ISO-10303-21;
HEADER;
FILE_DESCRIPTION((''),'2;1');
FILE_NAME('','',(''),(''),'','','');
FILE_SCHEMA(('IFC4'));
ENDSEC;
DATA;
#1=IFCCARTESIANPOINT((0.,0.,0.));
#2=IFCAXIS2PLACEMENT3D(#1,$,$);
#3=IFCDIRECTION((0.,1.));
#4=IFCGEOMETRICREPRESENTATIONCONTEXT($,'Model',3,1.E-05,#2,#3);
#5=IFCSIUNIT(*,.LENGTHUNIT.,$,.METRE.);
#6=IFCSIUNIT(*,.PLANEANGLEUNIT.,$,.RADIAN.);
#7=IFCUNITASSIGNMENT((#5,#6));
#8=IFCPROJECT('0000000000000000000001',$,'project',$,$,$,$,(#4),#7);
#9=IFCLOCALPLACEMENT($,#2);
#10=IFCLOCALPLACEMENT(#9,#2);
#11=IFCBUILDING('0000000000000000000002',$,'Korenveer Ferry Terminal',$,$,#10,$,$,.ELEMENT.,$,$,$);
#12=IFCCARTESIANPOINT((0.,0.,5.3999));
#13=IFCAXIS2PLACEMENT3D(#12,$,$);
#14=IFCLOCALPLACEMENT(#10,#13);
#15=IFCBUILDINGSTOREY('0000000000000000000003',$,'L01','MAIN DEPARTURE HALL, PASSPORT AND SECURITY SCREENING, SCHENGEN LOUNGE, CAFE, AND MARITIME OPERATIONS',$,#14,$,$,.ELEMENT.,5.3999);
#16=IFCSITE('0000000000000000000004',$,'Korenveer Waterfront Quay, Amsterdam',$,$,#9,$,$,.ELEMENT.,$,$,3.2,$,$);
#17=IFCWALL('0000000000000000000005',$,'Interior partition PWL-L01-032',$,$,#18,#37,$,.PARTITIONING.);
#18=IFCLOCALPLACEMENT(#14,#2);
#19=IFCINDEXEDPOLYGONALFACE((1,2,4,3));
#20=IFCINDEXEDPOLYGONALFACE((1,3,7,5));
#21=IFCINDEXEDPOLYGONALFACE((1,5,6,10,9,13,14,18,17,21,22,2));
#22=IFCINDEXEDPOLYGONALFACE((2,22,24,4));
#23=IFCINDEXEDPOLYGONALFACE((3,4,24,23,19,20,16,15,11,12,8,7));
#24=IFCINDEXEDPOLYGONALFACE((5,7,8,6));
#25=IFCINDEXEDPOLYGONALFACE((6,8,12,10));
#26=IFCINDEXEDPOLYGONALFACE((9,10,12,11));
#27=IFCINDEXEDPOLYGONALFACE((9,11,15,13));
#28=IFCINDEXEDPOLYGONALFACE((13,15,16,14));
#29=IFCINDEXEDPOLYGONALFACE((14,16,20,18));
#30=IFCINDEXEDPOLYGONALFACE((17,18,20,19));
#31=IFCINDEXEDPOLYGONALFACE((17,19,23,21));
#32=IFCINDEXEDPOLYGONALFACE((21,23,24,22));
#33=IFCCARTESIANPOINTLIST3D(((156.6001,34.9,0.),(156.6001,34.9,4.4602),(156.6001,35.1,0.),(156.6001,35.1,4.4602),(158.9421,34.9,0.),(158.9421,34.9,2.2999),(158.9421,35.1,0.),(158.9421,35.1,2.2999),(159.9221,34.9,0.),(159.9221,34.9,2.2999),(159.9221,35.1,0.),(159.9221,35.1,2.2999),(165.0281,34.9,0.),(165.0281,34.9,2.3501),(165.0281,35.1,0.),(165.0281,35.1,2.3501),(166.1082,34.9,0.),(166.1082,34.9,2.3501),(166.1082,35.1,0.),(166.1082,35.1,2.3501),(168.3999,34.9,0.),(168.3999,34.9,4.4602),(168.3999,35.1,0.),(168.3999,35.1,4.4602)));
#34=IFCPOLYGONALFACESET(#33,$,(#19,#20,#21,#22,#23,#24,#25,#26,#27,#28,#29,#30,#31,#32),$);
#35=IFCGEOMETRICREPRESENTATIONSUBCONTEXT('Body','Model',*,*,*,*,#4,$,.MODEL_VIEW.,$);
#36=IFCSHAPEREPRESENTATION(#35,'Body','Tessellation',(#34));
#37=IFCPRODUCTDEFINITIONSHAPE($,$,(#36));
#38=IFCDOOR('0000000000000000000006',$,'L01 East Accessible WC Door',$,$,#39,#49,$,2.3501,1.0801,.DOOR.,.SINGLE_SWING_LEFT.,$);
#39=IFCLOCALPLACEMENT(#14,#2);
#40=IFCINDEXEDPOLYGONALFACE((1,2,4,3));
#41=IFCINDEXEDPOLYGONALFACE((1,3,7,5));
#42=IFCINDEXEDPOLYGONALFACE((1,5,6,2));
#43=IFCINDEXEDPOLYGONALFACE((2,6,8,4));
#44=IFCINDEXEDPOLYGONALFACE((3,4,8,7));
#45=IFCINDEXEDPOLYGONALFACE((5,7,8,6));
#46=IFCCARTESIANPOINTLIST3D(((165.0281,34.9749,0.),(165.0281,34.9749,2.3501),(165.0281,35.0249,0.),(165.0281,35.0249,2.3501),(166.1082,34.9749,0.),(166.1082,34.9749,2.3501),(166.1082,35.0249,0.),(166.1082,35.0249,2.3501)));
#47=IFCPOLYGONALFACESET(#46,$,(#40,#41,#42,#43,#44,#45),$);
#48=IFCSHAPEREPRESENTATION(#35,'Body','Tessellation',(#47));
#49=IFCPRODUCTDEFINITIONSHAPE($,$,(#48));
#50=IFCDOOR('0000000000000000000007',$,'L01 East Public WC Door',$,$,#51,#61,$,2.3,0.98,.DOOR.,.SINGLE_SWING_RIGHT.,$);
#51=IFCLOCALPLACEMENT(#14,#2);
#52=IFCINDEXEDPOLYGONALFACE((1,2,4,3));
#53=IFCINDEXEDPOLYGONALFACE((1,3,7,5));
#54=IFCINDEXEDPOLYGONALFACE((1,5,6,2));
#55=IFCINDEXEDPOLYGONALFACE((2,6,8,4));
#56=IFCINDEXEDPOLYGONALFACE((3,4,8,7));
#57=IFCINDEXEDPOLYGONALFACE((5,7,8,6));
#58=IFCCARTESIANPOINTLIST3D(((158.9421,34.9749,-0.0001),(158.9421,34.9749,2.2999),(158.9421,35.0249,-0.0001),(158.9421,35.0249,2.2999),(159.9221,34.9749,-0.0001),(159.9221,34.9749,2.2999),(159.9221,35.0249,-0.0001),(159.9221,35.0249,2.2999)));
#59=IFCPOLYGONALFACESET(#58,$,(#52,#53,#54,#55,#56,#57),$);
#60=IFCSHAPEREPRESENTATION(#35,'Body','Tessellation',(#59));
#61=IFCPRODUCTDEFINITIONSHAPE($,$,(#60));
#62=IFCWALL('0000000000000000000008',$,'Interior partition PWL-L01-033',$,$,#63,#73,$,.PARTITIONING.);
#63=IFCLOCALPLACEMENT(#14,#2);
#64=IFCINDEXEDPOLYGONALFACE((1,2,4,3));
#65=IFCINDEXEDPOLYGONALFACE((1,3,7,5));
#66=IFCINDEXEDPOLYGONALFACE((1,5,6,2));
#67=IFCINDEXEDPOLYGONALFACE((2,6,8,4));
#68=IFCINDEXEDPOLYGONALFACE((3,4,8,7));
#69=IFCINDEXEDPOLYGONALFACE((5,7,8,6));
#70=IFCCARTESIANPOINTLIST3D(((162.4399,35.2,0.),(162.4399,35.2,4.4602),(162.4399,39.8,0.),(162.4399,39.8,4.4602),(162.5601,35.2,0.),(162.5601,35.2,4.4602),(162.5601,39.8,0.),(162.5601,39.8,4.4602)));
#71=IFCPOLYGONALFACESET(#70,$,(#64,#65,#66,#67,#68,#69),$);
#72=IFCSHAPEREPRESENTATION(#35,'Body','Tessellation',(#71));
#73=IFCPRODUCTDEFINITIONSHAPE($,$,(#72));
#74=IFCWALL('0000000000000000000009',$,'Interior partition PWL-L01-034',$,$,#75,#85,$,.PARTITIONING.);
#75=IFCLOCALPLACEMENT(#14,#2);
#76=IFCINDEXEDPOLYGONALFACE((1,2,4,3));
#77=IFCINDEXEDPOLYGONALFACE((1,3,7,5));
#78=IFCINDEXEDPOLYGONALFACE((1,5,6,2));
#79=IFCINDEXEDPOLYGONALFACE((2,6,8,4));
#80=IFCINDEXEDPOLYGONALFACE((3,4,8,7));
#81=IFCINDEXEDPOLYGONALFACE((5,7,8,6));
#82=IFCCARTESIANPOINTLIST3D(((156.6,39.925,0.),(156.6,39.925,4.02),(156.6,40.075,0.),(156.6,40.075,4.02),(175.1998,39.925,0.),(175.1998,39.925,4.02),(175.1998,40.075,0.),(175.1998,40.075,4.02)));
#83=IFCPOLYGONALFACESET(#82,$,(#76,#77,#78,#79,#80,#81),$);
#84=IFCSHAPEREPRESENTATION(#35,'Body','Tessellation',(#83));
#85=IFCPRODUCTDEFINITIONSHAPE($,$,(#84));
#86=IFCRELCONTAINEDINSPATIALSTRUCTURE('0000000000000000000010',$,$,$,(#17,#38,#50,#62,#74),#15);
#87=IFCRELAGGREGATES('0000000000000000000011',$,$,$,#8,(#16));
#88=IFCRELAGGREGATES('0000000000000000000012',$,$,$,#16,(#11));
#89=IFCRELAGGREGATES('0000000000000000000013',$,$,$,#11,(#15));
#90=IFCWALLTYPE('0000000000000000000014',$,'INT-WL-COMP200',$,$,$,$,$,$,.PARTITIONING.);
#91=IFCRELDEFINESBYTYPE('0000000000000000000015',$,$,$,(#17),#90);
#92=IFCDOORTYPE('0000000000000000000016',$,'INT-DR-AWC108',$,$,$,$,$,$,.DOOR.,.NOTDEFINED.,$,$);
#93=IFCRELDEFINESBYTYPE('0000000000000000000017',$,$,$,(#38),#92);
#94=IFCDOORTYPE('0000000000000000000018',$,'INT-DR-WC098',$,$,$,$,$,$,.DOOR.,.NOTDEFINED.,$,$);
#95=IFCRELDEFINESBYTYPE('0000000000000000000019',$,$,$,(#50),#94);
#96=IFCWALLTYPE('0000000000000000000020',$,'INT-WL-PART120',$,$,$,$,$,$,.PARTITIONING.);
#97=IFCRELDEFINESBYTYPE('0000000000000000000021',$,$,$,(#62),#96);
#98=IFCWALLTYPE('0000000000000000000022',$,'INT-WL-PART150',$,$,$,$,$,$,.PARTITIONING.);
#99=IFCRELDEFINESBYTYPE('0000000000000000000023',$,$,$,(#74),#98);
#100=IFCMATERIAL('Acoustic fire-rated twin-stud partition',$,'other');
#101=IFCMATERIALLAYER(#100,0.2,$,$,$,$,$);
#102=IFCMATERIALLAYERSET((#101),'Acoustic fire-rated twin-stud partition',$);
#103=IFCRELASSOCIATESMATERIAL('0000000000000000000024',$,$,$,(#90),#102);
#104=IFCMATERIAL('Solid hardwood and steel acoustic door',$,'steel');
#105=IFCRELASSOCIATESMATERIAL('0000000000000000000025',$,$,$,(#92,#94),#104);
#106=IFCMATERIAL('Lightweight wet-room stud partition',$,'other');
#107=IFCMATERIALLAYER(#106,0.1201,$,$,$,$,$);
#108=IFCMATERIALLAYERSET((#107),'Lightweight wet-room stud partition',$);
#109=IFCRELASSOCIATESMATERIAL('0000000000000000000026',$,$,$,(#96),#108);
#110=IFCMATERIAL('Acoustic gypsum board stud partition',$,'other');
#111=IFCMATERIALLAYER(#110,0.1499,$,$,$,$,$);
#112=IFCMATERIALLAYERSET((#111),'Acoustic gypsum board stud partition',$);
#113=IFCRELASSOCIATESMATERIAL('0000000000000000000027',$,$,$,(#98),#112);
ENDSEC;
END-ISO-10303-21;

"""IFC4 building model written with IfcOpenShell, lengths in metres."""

from ifc_helpers import new_model, si_unit, direction, frame, frame_2d, origin, place, context, subcontext, project, spatial, rectangle, extrude, material, layer, layer_set, type_object, element, fill, save


model = new_model("IFC4")

# Units and contexts
model_context = context("Model", 3, precision=1e-05, world=origin(), true_north=direction((0.0, 1.0)))
body_context = subcontext(model_context, "Body", "Model", "MODEL_VIEW")
ifc_project = project(units=[si_unit("LENGTHUNIT", "METRE"), si_unit("PLANEANGLEUNIT", "RADIAN")], contexts=[model_context])

# Site, building, storey
site_placement = place(None, origin())
site = spatial("IfcSite", under=ifc_project, at=site_placement, Name="Korenveer Waterfront Quay, Amsterdam", CompositionType="ELEMENT", RefElevation=3.2)
building_placement = place(site_placement, origin())
building = spatial("IfcBuilding", under=site, at=building_placement, Name="Korenveer Ferry Terminal", CompositionType="ELEMENT")
storey_placement = place(building_placement, frame((0.0, 0.0, 5.3999)))
storey = spatial("IfcBuildingStorey", under=building, at=storey_placement, Name="L01", Description="MAIN DEPARTURE HALL, PASSPORT AND SECURITY SCREENING, SCHENGEN LOUNGE, CAFE, AND MARITIME OPERATIONS", CompositionType="ELEMENT", Elevation=5.3999)

# Wall, openings, doors
ifc_material_1 = material(Name="Acoustic fire-rated twin-stud partition", Category="other")
ifc_layer_1 = layer(ifc_material_1, 0.2)
ifc_layer_set_1 = layer_set([ifc_layer_1], Name="Acoustic fire-rated twin-stud partition")
wall_type_1 = type_object("IfcWallType", Name="INT-WL-COMP200", PredefinedType="PARTITIONING", material=ifc_layer_set_1)
wall_1_placement = place(storey_placement, frame((156.6001, 35.0, 0.0), z_axis=(0.0, 0.0, 1.0), x_axis=(1.0, 0.0, 0.0)))
wall_1 = element("IfcWall", 1, at=wall_1_placement, inside=storey, type_object=wall_type_1, Name="Interior partition PWL-L01-032", PredefinedType="PARTITIONING", context=body_context, shape_type="SweptSolid", body=[
    extrude(rectangle(XDim=11.7998, YDim=0.2, at=frame_2d((5.8999, 0.0))), origin(), (0.0, 0.0, 1.0), 4.4602),
])
opening_1_placement = place(wall_1_placement, frame((2.342, 0.0, 0.0)))
opening_1 = element("IfcOpeningElement", 2, at=opening_1_placement, cuts=wall_1, PredefinedType="OPENING", context=body_context, shape_type="SweptSolid", body=[
    extrude(rectangle(XDim=0.98, YDim=2.3, at=frame_2d((0.49, 1.1499))), frame((0.0, 0.1099, 0.0), z_axis=(0.0, -1.0, 0.0), x_axis=(1.0, 0.0, 0.0)), (0.0, 0.0, 1.0), 0.22),
])
opening_2_placement = place(wall_1_placement, frame((8.428, 0.0, 0.0)))
opening_2 = element("IfcOpeningElement", 3, at=opening_2_placement, cuts=wall_1, PredefinedType="OPENING", context=body_context, shape_type="SweptSolid", body=[
    extrude(rectangle(XDim=1.0801, YDim=2.3501, at=frame_2d((0.54, 1.175))), frame((0.0, 0.1099, 0.0), z_axis=(0.0, -1.0, 0.0), x_axis=(1.0, 0.0, 0.0)), (0.0, 0.0, 1.0), 0.22),
])
ifc_material_2 = material(Name="Solid hardwood and steel acoustic door", Category="steel")
door_type_1 = type_object("IfcDoorType", Name="INT-DR-AWC108", OperationType="NOTDEFINED", PredefinedType="DOOR", material=ifc_material_2)
door_1_placement = place(opening_2_placement, origin())
door_1 = element("IfcDoor", 4, at=door_1_placement, inside=storey, type_object=door_type_1, Name="L01 East Accessible WC Door", OperationType="SINGLE_SWING_LEFT", OverallHeight=2.3501, OverallWidth=1.0801, PredefinedType="DOOR", context=body_context, shape_type="SweptSolid", body=[
    extrude(rectangle(XDim=1.0801, YDim=2.3501, at=frame_2d((0.54, 1.175))), frame((0.0, 0.0249, 0.0), z_axis=(0.0, -1.0, 0.0), x_axis=(1.0, 0.0, 0.0)), (0.0, 0.0, 1.0), 0.05),
])
fill(opening_2, door_1)
door_type_2 = type_object("IfcDoorType", Name="INT-DR-WC098", OperationType="NOTDEFINED", PredefinedType="DOOR", material=ifc_material_2)
door_2_placement = place(opening_1_placement, origin())
door_2 = element("IfcDoor", 5, at=door_2_placement, inside=storey, type_object=door_type_2, Name="L01 East Public WC Door", OperationType="SINGLE_SWING_RIGHT", OverallHeight=2.3, OverallWidth=0.98, PredefinedType="DOOR", context=body_context, shape_type="SweptSolid", body=[
    extrude(rectangle(XDim=0.98, YDim=2.3, at=frame_2d((0.49, 1.1499))), frame((0.0, 0.0249, 0.0), z_axis=(0.0, -1.0, 0.0), x_axis=(1.0, 0.0, 0.0)), (0.0, 0.0, 1.0), 0.05),
])
fill(opening_1, door_2)

# Walls
ifc_material_3 = material(Name="Lightweight wet-room stud partition", Category="other")
ifc_layer_2 = layer(ifc_material_3, 0.1201)
ifc_layer_set_2 = layer_set([ifc_layer_2], Name="Lightweight wet-room stud partition")
wall_type_2 = type_object("IfcWallType", Name="INT-WL-PART120", PredefinedType="PARTITIONING", material=ifc_layer_set_2)
wall_2_placement = place(storey_placement, frame((162.5, 35.2, 0.0), z_axis=(0.0, 0.0, 1.0), x_axis=(0.0, 1.0, 0.0)))
element("IfcWall", 6, at=wall_2_placement, inside=storey, type_object=wall_type_2, Name="Interior partition PWL-L01-033", PredefinedType="PARTITIONING", context=body_context, shape_type="SweptSolid", body=[
    extrude(rectangle(XDim=4.6001, YDim=0.1201, at=frame_2d((2.3, 0.0))), origin(), (0.0, 0.0, 1.0), 4.4602),
])
ifc_material_4 = material(Name="Acoustic gypsum board stud partition", Category="other")
ifc_layer_3 = layer(ifc_material_4, 0.1499)
ifc_layer_set_3 = layer_set([ifc_layer_3], Name="Acoustic gypsum board stud partition")
wall_type_3 = type_object("IfcWallType", Name="INT-WL-PART150", PredefinedType="PARTITIONING", material=ifc_layer_set_3)
wall_3_placement = place(storey_placement, frame((156.6001, 40.0, 0.0), z_axis=(0.0, 0.0, 1.0), x_axis=(1.0, 0.0, 0.0)))
element("IfcWall", 7, at=wall_3_placement, inside=storey, type_object=wall_type_3, Name="Interior partition PWL-L01-034", PredefinedType="PARTITIONING", context=body_context, shape_type="SweptSolid", body=[
    extrude(rectangle(XDim=18.5999, YDim=0.1499, at=frame_2d((9.2998, 0.0))), origin(), (0.0, 0.0, 1.0), 4.02),
])

save(model, "model.ifc")
